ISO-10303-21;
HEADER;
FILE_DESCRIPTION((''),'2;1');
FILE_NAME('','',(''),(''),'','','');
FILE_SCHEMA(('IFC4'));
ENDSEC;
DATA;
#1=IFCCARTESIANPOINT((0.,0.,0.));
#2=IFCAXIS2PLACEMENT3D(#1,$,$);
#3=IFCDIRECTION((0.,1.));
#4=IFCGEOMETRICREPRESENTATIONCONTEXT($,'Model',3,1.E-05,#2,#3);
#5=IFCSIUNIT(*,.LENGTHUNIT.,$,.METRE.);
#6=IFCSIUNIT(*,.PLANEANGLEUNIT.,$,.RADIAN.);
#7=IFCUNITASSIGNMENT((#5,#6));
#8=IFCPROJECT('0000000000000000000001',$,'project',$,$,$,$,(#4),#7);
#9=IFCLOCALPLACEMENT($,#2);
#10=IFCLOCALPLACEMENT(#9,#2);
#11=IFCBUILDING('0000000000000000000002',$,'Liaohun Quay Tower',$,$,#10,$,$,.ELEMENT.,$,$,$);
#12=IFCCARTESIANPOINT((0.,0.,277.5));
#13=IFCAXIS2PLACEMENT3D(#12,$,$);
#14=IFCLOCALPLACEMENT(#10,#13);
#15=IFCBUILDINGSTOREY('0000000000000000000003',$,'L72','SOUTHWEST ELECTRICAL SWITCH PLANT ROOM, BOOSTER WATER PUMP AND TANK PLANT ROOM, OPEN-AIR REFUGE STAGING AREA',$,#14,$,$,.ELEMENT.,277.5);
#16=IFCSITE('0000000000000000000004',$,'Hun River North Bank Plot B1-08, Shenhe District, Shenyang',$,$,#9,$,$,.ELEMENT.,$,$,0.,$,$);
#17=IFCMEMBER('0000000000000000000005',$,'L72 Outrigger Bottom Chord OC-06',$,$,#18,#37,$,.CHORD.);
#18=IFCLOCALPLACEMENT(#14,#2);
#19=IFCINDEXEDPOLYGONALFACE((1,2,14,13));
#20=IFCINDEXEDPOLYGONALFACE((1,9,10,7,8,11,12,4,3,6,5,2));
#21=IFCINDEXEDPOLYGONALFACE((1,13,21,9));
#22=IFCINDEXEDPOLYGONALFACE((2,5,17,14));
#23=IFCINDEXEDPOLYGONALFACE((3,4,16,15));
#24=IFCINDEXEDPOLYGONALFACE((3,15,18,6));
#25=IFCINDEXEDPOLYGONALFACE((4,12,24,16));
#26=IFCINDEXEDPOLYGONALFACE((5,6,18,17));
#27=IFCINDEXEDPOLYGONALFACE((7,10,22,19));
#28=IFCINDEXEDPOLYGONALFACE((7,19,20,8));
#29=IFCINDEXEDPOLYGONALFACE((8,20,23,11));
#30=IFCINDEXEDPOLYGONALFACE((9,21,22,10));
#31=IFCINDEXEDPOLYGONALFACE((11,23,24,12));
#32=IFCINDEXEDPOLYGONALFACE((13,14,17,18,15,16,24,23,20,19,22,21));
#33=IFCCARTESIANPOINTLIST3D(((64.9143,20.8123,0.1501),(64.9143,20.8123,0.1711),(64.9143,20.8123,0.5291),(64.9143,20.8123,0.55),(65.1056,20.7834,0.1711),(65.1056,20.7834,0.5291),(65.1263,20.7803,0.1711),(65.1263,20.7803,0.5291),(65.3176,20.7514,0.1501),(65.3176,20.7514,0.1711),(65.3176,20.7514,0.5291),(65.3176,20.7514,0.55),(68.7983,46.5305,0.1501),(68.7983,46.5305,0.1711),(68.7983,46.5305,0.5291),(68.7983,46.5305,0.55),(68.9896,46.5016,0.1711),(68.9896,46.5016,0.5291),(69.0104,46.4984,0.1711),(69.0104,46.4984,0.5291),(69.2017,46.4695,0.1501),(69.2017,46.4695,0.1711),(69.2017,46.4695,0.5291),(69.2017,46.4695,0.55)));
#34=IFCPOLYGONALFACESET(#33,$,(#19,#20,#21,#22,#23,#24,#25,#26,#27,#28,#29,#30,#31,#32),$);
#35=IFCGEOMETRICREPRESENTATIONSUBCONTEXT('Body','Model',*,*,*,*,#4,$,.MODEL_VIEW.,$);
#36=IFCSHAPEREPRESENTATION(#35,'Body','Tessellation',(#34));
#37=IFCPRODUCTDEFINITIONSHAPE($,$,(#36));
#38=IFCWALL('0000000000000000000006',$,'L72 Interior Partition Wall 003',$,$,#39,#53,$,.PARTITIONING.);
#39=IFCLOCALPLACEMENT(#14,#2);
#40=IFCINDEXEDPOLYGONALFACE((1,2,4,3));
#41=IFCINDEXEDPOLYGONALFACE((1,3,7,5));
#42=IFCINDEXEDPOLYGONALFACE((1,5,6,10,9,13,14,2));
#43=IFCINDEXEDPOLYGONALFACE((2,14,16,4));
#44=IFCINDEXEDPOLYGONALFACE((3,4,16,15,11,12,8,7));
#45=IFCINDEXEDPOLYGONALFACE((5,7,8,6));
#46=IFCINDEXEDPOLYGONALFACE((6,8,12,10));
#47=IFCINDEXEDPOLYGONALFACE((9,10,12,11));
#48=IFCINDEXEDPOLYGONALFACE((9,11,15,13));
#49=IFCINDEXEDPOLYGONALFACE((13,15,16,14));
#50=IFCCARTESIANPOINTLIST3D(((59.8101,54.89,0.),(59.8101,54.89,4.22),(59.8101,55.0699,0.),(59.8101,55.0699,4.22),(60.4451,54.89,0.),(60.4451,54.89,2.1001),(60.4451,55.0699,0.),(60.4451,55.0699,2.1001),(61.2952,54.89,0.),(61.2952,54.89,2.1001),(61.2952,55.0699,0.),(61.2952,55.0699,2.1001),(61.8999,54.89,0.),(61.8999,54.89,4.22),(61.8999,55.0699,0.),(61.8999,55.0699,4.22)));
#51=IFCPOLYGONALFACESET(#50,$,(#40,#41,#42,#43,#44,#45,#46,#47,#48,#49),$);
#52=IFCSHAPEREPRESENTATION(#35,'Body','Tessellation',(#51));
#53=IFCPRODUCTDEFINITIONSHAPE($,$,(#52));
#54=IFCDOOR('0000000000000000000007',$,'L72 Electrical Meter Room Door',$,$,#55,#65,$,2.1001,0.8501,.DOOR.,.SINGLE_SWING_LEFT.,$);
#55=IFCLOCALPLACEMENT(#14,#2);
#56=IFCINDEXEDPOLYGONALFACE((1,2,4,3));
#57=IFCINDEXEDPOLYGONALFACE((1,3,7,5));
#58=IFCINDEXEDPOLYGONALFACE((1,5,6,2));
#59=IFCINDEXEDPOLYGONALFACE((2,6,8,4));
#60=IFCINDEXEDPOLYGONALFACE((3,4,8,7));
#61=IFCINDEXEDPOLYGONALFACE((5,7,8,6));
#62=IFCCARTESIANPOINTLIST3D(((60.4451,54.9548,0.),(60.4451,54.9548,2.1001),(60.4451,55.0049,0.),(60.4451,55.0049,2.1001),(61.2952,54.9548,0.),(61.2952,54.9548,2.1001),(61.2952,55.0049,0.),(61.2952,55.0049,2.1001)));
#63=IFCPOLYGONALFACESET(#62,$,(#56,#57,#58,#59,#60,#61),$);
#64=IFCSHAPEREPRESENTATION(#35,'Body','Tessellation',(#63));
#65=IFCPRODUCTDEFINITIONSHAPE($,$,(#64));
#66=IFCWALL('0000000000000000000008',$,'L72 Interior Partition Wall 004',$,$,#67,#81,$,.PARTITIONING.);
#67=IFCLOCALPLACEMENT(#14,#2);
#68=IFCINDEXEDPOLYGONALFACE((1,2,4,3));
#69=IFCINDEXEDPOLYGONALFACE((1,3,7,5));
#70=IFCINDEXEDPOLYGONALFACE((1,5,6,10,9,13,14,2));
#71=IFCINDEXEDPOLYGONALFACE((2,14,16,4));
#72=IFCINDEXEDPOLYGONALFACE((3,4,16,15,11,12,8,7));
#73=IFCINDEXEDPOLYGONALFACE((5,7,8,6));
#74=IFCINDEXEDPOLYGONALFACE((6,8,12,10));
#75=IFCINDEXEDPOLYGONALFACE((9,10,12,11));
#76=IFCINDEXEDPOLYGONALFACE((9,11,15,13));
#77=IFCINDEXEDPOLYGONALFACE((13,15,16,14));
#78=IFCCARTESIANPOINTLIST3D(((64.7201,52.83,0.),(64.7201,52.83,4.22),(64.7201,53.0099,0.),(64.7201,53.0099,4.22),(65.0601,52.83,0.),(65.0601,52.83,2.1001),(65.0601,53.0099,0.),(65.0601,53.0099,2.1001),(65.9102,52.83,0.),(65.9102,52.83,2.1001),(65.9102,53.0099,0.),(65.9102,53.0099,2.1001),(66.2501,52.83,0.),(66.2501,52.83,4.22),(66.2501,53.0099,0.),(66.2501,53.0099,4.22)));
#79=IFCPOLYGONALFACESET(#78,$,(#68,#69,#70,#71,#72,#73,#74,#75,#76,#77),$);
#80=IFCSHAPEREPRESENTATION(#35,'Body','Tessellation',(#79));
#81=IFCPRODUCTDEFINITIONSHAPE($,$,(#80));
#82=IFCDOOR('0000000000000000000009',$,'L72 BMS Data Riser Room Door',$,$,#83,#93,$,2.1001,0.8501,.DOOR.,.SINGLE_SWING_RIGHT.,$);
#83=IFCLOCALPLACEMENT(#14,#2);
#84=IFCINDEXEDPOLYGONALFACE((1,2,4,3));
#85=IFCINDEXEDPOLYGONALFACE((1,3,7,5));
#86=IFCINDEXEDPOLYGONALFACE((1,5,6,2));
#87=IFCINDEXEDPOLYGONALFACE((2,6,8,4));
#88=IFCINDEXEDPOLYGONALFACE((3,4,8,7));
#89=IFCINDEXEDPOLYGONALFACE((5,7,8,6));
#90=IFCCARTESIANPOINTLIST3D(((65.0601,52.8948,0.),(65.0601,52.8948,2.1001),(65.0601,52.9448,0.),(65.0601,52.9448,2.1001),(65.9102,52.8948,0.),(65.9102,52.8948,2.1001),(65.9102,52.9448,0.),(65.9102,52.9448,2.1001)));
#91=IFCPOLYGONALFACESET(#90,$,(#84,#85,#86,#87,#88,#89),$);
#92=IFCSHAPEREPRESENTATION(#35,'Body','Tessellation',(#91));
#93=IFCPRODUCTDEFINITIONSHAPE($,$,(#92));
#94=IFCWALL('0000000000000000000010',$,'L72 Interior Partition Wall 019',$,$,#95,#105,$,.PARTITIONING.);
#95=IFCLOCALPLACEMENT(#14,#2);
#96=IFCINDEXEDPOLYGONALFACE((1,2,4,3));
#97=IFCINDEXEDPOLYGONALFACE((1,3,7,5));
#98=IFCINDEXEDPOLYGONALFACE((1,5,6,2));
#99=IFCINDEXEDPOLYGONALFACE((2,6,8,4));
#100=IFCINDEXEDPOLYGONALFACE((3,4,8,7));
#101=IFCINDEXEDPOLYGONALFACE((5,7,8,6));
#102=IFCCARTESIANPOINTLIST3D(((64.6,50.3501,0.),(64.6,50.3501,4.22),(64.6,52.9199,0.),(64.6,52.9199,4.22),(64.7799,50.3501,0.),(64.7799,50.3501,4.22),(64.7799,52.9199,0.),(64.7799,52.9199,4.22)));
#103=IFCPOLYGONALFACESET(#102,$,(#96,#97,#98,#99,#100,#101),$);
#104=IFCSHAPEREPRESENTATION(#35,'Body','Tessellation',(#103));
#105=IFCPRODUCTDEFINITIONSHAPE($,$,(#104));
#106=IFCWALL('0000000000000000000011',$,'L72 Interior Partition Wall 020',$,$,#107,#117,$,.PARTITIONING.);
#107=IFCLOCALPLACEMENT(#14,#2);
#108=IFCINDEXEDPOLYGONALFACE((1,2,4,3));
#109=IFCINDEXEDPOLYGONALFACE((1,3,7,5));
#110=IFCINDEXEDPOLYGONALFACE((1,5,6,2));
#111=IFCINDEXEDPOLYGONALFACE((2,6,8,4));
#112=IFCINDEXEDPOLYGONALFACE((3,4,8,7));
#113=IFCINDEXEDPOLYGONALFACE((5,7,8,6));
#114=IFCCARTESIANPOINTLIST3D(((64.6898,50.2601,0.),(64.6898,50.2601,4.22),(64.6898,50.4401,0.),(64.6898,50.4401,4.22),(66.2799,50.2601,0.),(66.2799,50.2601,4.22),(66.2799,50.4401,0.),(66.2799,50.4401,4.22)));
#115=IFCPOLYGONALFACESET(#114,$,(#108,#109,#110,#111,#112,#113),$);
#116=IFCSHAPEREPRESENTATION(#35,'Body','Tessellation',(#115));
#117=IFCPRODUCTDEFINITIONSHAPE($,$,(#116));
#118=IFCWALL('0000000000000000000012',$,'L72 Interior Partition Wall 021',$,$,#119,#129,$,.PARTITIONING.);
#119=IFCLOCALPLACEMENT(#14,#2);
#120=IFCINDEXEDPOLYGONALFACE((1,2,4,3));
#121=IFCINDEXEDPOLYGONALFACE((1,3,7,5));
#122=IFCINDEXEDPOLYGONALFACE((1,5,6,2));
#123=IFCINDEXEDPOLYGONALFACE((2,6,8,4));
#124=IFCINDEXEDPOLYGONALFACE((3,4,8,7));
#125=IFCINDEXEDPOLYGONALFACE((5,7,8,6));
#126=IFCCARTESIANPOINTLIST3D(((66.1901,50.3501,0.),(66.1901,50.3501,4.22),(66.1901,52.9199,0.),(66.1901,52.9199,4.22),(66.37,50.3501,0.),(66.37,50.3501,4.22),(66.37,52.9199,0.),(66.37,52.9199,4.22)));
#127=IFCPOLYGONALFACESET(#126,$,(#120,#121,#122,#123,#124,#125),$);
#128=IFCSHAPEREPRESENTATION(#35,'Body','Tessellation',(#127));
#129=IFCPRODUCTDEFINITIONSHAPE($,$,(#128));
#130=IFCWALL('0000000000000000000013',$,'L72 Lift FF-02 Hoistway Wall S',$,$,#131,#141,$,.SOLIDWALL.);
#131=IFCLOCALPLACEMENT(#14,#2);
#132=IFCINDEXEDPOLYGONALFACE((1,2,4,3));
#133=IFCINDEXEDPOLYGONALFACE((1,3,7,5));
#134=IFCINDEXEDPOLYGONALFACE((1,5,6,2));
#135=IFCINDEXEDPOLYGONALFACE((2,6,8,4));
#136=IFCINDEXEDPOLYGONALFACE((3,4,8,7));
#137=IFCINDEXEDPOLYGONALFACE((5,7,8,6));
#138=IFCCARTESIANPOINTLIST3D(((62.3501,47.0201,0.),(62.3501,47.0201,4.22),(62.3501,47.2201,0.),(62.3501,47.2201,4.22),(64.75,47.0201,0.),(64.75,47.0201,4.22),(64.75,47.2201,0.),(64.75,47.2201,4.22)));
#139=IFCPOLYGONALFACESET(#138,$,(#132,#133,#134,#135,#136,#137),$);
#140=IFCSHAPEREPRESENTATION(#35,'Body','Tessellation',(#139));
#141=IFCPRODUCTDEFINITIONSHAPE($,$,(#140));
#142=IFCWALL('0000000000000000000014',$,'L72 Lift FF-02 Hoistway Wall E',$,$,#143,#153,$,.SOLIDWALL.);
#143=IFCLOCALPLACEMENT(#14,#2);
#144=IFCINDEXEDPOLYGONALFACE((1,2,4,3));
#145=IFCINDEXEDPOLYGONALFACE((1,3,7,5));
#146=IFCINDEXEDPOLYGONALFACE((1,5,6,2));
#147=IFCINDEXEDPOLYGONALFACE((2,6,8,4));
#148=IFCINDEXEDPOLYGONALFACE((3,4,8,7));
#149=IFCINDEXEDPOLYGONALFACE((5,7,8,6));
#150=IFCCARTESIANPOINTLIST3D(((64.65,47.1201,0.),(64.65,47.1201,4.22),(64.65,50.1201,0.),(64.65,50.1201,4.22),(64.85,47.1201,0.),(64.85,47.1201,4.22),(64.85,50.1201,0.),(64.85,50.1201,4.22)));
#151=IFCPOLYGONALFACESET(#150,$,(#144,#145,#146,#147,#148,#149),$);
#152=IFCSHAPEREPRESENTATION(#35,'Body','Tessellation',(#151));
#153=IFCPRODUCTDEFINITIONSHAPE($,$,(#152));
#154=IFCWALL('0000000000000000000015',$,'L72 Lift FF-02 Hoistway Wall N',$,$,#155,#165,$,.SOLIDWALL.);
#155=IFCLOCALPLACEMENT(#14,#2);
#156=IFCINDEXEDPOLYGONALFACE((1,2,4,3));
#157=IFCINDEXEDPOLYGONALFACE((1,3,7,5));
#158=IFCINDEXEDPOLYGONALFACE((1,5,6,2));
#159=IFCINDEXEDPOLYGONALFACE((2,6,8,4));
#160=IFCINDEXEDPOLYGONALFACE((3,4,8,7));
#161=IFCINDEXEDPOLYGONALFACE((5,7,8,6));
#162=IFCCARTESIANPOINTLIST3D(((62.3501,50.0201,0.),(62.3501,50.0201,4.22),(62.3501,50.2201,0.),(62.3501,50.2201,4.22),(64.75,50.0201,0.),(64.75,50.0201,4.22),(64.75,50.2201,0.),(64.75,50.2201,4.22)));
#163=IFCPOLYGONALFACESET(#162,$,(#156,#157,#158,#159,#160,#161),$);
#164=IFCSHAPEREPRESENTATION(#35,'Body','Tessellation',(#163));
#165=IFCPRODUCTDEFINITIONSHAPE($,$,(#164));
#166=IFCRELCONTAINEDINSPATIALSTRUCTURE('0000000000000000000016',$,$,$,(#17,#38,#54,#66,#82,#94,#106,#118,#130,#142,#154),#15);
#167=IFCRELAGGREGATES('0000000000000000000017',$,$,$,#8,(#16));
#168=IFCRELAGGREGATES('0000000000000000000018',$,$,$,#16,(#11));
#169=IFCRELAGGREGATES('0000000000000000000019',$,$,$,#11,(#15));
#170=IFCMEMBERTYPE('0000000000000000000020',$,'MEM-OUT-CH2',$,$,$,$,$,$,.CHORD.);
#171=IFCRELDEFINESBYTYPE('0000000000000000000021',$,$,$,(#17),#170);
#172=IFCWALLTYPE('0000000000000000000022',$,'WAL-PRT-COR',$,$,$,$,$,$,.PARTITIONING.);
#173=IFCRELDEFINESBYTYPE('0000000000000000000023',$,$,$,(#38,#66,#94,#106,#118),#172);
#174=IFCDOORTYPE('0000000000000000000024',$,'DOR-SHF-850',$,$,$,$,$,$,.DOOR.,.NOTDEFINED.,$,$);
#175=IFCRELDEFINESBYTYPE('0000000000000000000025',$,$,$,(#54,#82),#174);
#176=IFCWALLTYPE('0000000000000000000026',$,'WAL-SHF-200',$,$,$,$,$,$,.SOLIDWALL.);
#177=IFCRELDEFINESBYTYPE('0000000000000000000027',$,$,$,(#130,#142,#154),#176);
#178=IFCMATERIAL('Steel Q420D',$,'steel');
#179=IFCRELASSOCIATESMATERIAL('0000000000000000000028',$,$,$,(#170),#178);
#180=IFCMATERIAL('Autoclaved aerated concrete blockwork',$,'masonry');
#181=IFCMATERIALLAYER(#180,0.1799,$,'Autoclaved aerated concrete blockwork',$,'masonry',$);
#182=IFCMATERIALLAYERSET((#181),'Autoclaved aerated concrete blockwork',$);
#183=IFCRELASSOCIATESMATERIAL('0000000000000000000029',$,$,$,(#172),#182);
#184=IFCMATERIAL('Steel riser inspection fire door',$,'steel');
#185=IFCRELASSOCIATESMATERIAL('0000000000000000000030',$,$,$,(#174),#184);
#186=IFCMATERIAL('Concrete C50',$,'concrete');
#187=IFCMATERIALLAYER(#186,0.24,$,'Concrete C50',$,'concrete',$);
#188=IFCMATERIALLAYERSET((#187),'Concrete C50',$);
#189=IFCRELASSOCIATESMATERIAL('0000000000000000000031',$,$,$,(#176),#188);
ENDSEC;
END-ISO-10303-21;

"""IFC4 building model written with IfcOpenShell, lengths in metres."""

from ifc_helpers import new_model, si_unit, direction, frame, frame_2d, origin, origin_2d, place, context, subcontext, project, spatial, rectangle, i_section, extrude, source, transform, mapped, material, layer, layer_set, material_profile, profile_set, type_object, element, fill, save


model = new_model("IFC4")

# Units and contexts
model_context = context("Model", 3, precision=1e-05, world=origin(), true_north=direction((0.0, 1.0)))
body_context = subcontext(model_context, "Body", "Model", "MODEL_VIEW")
ifc_project = project(units=[si_unit("LENGTHUNIT", "METRE"), si_unit("PLANEANGLEUNIT", "RADIAN")], contexts=[model_context])

# Site, building, storey
site_placement = place(None, origin())
site = spatial("IfcSite", under=ifc_project, at=site_placement, Name="Hun River North Bank Plot B1-08, Shenhe District, Shenyang", CompositionType="ELEMENT", RefElevation=0.0)
building_placement = place(site_placement, origin())
building = spatial("IfcBuilding", under=site, at=building_placement, Name="Liaohun Quay Tower", CompositionType="ELEMENT")
storey_placement = place(building_placement, frame((0.0, 0.0, 277.5)))
storey = spatial("IfcBuildingStorey", under=building, at=storey_placement, Name="L72", Description="SOUTHWEST ELECTRICAL SWITCH PLANT ROOM, BOOSTER WATER PUMP AND TANK PLANT ROOM, OPEN-AIR REFUGE STAGING AREA", CompositionType="ELEMENT", Elevation=277.5)

# Member
ifc_material_1 = material(Name="Steel Q420D", Category="steel")
ifc_material_profile = material_profile(ifc_material_1, i_section(OverallWidth=0.408, OverallDepth=0.3999, WebThickness=0.021, FlangeThickness=0.021, at=origin_2d()), Name="HW400x408x21x21")
ifc_profile_set = profile_set([ifc_material_profile], Name="Steel Q420D")
member_type = type_object("IfcMemberType", Name="MEM-OUT-CH2", PredefinedType="CHORD", material=ifc_profile_set)
shared_shape_1 = source(origin(), body_context, "Body", "SweptSolid", [
    extrude(i_section(OverallWidth=0.408, OverallDepth=0.3999, WebThickness=0.021, FlangeThickness=0.021, at=origin_2d()), origin(), (0.0, 0.0, 1.0), 26.0098),
])
member_placement = place(storey_placement, frame((69.0, 46.5, 0.3501), z_axis=(-0.14933, -0.988787, 0.0), x_axis=(0.988787, -0.14933, 0.0)))
element("IfcMember", 1, at=member_placement, inside=storey, type_object=member_type, Name="L72 Outrigger Bottom Chord OC-06", PredefinedType="CHORD", context=body_context, shape_type="MappedRepresentation", body=[
    mapped(shared_shape_1, transform((0.0, 0.0, 0.0), x_axis=(1.0, 0.0, 0.0), y_axis=(0.0, 1.0, 0.0), z_axis=(0.0, 0.0, 1.0), scale=1.0)),
])

# Walls, openings, doors
ifc_material_2 = material(Name="Autoclaved aerated concrete blockwork", Category="masonry")
ifc_layer_1 = layer(ifc_material_2, 0.1799, Name="Autoclaved aerated concrete blockwork", Category="masonry")
ifc_layer_set_1 = layer_set([ifc_layer_1], Name="Autoclaved aerated concrete blockwork")
wall_type_1 = type_object("IfcWallType", Name="WAL-PRT-COR", PredefinedType="PARTITIONING", material=ifc_layer_set_1)
wall_1_placement = place(storey_placement, frame((59.8101, 54.98, 0.0), z_axis=(0.0, 0.0, 1.0), x_axis=(1.0, 0.0, 0.0)))
wall_1 = element("IfcWall", 2, at=wall_1_placement, inside=storey, type_object=wall_type_1, Name="L72 Interior Partition Wall 003", PredefinedType="PARTITIONING", context=body_context, shape_type="SweptSolid", body=[
    extrude(rectangle(XDim=2.0898, YDim=0.1799, at=frame_2d((1.0449, 0.0))), origin(), (0.0, 0.0, 1.0), 4.22),
])
shared_shape_2 = source(origin(), body_context, "Body", "SweptSolid", [
    extrude(rectangle(XDim=0.8501, YDim=2.1001, at=frame_2d((0.425, 1.05))), frame((0.0, 0.0999, 0.0), z_axis=(0.0, -1.0, 0.0), x_axis=(1.0, 0.0, 0.0)), (0.0, 0.0, 1.0), 0.2),
])
opening_1_placement = place(wall_1_placement, frame((0.635, 0.0, 0.0)))
opening_1 = element("IfcOpeningElement", 3, at=opening_1_placement, cuts=wall_1, PredefinedType="OPENING", context=body_context, shape_type="MappedRepresentation", body=[
    mapped(shared_shape_2, transform((0.0, 0.0, 0.0), x_axis=(1.0, 0.0, 0.0), y_axis=(0.0, 1.0, 0.0), z_axis=(0.0, 0.0, 1.0), scale=1.0)),
])
ifc_material_3 = material(Name="Steel riser inspection fire door", Category="steel")
door_type_1 = type_object("IfcDoorType", Name="DOR-SHF-850", OperationType="NOTDEFINED", PredefinedType="DOOR", material=ifc_material_3)
shared_shape_3 = source(origin(), body_context, "Body", "SweptSolid", [
    extrude(rectangle(XDim=0.8501, YDim=2.1001, at=frame_2d((0.425, 1.05))), frame((0.0, 0.0249, 0.0), z_axis=(0.0, -1.0, 0.0), x_axis=(1.0, 0.0, 0.0)), (0.0, 0.0, 1.0), 0.05),
])
door_1_placement = place(opening_1_placement, origin())
door_1 = element("IfcDoor", 4, at=door_1_placement, inside=storey, type_object=door_type_1, Name="L72 Electrical Meter Room Door", OperationType="SINGLE_SWING_LEFT", OverallHeight=2.1001, OverallWidth=0.8501, PredefinedType="DOOR", context=body_context, shape_type="MappedRepresentation", body=[
    mapped(shared_shape_3, transform((0.0, 0.0, 0.0), x_axis=(1.0, 0.0, 0.0), y_axis=(0.0, 1.0, 0.0), z_axis=(0.0, 0.0, 1.0), scale=1.0)),
])
fill(opening_1, door_1)
wall_2_placement = place(storey_placement, frame((64.72, 52.9199, 0.0), z_axis=(0.0, 0.0, 1.0), x_axis=(1.0, 0.0, 0.0)))
wall_2 = element("IfcWall", 5, at=wall_2_placement, inside=storey, type_object=wall_type_1, Name="L72 Interior Partition Wall 004", PredefinedType="PARTITIONING", context=body_context, shape_type="SweptSolid", body=[
    extrude(rectangle(XDim=1.53, YDim=0.1799, at=frame_2d((0.7651, 0.0))), origin(), (0.0, 0.0, 1.0), 4.22),
])
opening_2_placement = place(wall_2_placement, frame((0.3401, 0.0, 0.0)))
opening_2 = element("IfcOpeningElement", 6, at=opening_2_placement, cuts=wall_2, PredefinedType="OPENING", context=body_context, shape_type="MappedRepresentation", body=[
    mapped(shared_shape_2, transform((0.0, 0.0, 0.0), x_axis=(1.0, 0.0, 0.0), y_axis=(0.0, 1.0, 0.0), z_axis=(0.0, 0.0, 1.0), scale=1.0)),
])
door_2_placement = place(opening_2_placement, origin())
door_2 = element("IfcDoor", 7, at=door_2_placement, inside=storey, type_object=door_type_1, Name="L72 BMS Data Riser Room Door", OperationType="SINGLE_SWING_RIGHT", OverallHeight=2.1001, OverallWidth=0.8501, PredefinedType="DOOR", context=body_context, shape_type="MappedRepresentation", body=[
    mapped(shared_shape_3, transform((0.0, 0.0, 0.0), x_axis=(1.0, 0.0, 0.0), y_axis=(0.0, 1.0, 0.0), z_axis=(0.0, 0.0, 1.0), scale=1.0)),
])
fill(opening_2, door_2)

# Walls
wall_3_placement = place(storey_placement, frame((64.6899, 50.3501, 0.0), z_axis=(0.0, 0.0, 1.0), x_axis=(0.0, 1.0, 0.0)))
element("IfcWall", 8, at=wall_3_placement, inside=storey, type_object=wall_type_1, Name="L72 Interior Partition Wall 019", PredefinedType="PARTITIONING", context=body_context, shape_type="SweptSolid", body=[
    extrude(rectangle(XDim=2.5698, YDim=0.1799, at=frame_2d((1.2849, 0.0))), origin(), (0.0, 0.0, 1.0), 4.22),
])
wall_4_placement = place(storey_placement, frame((64.6899, 50.3501, 0.0), z_axis=(0.0, 0.0, 1.0), x_axis=(1.0, 0.0, 0.0)))
element("IfcWall", 9, at=wall_4_placement, inside=storey, type_object=wall_type_1, Name="L72 Interior Partition Wall 020", PredefinedType="PARTITIONING", context=body_context, shape_type="SweptSolid", body=[
    extrude(rectangle(XDim=1.5901, YDim=0.1799, at=frame_2d((0.7949, 0.0))), origin(), (0.0, 0.0, 1.0), 4.22),
])
wall_5_placement = place(storey_placement, frame((66.28, 50.3501, 0.0), z_axis=(0.0, 0.0, 1.0), x_axis=(0.0, 1.0, 0.0)))
element("IfcWall", 10, at=wall_5_placement, inside=storey, type_object=wall_type_1, Name="L72 Interior Partition Wall 021", PredefinedType="PARTITIONING", context=body_context, shape_type="SweptSolid", body=[
    extrude(rectangle(XDim=2.5698, YDim=0.1799, at=frame_2d((1.2849, 0.0))), origin(), (0.0, 0.0, 1.0), 4.22),
])
ifc_material_4 = material(Name="Concrete C50", Category="concrete")
ifc_layer_2 = layer(ifc_material_4, 0.24, Name="Concrete C50", Category="concrete")
ifc_layer_set_2 = layer_set([ifc_layer_2], Name="Concrete C50")
wall_type_2 = type_object("IfcWallType", Name="WAL-SHF-200", PredefinedType="SOLIDWALL", material=ifc_layer_set_2)
wall_6_placement = place(storey_placement, frame((62.3501, 47.1201, 0.0), z_axis=(0.0, 0.0, 1.0), x_axis=(1.0, 0.0, 0.0)))
element("IfcWall", 11, at=wall_6_placement, inside=storey, type_object=wall_type_2, Name="L72 Lift FF-02 Hoistway Wall S", PredefinedType="SOLIDWALL", context=body_context, shape_type="SweptSolid", body=[
    extrude(rectangle(XDim=2.3999, YDim=0.2, at=frame_2d((1.2, 0.0))), origin(), (0.0, 0.0, 1.0), 4.22),
])
wall_7_placement = place(storey_placement, frame((64.75, 47.1201, 0.0), z_axis=(0.0, 0.0, 1.0), x_axis=(0.0, 1.0, 0.0)))
element("IfcWall", 12, at=wall_7_placement, inside=storey, type_object=wall_type_2, Name="L72 Lift FF-02 Hoistway Wall E", PredefinedType="SOLIDWALL", context=body_context, shape_type="SweptSolid", body=[
    extrude(rectangle(XDim=3.0, YDim=0.2, at=frame_2d((1.5, 0.0))), origin(), (0.0, 0.0, 1.0), 4.22),
])
wall_8_placement = place(storey_placement, frame((64.75, 50.1201, 0.0), z_axis=(0.0, 0.0, 1.0), x_axis=(-1.0, 0.0, 0.0)))
element("IfcWall", 13, at=wall_8_placement, inside=storey, type_object=wall_type_2, Name="L72 Lift FF-02 Hoistway Wall N", PredefinedType="SOLIDWALL", context=body_context, shape_type="SweptSolid", body=[
    extrude(rectangle(XDim=2.3999, YDim=0.2, at=frame_2d((1.2, 0.0))), origin(), (0.0, 0.0, 1.0), 4.22),
])

save(model, "model.ifc")
